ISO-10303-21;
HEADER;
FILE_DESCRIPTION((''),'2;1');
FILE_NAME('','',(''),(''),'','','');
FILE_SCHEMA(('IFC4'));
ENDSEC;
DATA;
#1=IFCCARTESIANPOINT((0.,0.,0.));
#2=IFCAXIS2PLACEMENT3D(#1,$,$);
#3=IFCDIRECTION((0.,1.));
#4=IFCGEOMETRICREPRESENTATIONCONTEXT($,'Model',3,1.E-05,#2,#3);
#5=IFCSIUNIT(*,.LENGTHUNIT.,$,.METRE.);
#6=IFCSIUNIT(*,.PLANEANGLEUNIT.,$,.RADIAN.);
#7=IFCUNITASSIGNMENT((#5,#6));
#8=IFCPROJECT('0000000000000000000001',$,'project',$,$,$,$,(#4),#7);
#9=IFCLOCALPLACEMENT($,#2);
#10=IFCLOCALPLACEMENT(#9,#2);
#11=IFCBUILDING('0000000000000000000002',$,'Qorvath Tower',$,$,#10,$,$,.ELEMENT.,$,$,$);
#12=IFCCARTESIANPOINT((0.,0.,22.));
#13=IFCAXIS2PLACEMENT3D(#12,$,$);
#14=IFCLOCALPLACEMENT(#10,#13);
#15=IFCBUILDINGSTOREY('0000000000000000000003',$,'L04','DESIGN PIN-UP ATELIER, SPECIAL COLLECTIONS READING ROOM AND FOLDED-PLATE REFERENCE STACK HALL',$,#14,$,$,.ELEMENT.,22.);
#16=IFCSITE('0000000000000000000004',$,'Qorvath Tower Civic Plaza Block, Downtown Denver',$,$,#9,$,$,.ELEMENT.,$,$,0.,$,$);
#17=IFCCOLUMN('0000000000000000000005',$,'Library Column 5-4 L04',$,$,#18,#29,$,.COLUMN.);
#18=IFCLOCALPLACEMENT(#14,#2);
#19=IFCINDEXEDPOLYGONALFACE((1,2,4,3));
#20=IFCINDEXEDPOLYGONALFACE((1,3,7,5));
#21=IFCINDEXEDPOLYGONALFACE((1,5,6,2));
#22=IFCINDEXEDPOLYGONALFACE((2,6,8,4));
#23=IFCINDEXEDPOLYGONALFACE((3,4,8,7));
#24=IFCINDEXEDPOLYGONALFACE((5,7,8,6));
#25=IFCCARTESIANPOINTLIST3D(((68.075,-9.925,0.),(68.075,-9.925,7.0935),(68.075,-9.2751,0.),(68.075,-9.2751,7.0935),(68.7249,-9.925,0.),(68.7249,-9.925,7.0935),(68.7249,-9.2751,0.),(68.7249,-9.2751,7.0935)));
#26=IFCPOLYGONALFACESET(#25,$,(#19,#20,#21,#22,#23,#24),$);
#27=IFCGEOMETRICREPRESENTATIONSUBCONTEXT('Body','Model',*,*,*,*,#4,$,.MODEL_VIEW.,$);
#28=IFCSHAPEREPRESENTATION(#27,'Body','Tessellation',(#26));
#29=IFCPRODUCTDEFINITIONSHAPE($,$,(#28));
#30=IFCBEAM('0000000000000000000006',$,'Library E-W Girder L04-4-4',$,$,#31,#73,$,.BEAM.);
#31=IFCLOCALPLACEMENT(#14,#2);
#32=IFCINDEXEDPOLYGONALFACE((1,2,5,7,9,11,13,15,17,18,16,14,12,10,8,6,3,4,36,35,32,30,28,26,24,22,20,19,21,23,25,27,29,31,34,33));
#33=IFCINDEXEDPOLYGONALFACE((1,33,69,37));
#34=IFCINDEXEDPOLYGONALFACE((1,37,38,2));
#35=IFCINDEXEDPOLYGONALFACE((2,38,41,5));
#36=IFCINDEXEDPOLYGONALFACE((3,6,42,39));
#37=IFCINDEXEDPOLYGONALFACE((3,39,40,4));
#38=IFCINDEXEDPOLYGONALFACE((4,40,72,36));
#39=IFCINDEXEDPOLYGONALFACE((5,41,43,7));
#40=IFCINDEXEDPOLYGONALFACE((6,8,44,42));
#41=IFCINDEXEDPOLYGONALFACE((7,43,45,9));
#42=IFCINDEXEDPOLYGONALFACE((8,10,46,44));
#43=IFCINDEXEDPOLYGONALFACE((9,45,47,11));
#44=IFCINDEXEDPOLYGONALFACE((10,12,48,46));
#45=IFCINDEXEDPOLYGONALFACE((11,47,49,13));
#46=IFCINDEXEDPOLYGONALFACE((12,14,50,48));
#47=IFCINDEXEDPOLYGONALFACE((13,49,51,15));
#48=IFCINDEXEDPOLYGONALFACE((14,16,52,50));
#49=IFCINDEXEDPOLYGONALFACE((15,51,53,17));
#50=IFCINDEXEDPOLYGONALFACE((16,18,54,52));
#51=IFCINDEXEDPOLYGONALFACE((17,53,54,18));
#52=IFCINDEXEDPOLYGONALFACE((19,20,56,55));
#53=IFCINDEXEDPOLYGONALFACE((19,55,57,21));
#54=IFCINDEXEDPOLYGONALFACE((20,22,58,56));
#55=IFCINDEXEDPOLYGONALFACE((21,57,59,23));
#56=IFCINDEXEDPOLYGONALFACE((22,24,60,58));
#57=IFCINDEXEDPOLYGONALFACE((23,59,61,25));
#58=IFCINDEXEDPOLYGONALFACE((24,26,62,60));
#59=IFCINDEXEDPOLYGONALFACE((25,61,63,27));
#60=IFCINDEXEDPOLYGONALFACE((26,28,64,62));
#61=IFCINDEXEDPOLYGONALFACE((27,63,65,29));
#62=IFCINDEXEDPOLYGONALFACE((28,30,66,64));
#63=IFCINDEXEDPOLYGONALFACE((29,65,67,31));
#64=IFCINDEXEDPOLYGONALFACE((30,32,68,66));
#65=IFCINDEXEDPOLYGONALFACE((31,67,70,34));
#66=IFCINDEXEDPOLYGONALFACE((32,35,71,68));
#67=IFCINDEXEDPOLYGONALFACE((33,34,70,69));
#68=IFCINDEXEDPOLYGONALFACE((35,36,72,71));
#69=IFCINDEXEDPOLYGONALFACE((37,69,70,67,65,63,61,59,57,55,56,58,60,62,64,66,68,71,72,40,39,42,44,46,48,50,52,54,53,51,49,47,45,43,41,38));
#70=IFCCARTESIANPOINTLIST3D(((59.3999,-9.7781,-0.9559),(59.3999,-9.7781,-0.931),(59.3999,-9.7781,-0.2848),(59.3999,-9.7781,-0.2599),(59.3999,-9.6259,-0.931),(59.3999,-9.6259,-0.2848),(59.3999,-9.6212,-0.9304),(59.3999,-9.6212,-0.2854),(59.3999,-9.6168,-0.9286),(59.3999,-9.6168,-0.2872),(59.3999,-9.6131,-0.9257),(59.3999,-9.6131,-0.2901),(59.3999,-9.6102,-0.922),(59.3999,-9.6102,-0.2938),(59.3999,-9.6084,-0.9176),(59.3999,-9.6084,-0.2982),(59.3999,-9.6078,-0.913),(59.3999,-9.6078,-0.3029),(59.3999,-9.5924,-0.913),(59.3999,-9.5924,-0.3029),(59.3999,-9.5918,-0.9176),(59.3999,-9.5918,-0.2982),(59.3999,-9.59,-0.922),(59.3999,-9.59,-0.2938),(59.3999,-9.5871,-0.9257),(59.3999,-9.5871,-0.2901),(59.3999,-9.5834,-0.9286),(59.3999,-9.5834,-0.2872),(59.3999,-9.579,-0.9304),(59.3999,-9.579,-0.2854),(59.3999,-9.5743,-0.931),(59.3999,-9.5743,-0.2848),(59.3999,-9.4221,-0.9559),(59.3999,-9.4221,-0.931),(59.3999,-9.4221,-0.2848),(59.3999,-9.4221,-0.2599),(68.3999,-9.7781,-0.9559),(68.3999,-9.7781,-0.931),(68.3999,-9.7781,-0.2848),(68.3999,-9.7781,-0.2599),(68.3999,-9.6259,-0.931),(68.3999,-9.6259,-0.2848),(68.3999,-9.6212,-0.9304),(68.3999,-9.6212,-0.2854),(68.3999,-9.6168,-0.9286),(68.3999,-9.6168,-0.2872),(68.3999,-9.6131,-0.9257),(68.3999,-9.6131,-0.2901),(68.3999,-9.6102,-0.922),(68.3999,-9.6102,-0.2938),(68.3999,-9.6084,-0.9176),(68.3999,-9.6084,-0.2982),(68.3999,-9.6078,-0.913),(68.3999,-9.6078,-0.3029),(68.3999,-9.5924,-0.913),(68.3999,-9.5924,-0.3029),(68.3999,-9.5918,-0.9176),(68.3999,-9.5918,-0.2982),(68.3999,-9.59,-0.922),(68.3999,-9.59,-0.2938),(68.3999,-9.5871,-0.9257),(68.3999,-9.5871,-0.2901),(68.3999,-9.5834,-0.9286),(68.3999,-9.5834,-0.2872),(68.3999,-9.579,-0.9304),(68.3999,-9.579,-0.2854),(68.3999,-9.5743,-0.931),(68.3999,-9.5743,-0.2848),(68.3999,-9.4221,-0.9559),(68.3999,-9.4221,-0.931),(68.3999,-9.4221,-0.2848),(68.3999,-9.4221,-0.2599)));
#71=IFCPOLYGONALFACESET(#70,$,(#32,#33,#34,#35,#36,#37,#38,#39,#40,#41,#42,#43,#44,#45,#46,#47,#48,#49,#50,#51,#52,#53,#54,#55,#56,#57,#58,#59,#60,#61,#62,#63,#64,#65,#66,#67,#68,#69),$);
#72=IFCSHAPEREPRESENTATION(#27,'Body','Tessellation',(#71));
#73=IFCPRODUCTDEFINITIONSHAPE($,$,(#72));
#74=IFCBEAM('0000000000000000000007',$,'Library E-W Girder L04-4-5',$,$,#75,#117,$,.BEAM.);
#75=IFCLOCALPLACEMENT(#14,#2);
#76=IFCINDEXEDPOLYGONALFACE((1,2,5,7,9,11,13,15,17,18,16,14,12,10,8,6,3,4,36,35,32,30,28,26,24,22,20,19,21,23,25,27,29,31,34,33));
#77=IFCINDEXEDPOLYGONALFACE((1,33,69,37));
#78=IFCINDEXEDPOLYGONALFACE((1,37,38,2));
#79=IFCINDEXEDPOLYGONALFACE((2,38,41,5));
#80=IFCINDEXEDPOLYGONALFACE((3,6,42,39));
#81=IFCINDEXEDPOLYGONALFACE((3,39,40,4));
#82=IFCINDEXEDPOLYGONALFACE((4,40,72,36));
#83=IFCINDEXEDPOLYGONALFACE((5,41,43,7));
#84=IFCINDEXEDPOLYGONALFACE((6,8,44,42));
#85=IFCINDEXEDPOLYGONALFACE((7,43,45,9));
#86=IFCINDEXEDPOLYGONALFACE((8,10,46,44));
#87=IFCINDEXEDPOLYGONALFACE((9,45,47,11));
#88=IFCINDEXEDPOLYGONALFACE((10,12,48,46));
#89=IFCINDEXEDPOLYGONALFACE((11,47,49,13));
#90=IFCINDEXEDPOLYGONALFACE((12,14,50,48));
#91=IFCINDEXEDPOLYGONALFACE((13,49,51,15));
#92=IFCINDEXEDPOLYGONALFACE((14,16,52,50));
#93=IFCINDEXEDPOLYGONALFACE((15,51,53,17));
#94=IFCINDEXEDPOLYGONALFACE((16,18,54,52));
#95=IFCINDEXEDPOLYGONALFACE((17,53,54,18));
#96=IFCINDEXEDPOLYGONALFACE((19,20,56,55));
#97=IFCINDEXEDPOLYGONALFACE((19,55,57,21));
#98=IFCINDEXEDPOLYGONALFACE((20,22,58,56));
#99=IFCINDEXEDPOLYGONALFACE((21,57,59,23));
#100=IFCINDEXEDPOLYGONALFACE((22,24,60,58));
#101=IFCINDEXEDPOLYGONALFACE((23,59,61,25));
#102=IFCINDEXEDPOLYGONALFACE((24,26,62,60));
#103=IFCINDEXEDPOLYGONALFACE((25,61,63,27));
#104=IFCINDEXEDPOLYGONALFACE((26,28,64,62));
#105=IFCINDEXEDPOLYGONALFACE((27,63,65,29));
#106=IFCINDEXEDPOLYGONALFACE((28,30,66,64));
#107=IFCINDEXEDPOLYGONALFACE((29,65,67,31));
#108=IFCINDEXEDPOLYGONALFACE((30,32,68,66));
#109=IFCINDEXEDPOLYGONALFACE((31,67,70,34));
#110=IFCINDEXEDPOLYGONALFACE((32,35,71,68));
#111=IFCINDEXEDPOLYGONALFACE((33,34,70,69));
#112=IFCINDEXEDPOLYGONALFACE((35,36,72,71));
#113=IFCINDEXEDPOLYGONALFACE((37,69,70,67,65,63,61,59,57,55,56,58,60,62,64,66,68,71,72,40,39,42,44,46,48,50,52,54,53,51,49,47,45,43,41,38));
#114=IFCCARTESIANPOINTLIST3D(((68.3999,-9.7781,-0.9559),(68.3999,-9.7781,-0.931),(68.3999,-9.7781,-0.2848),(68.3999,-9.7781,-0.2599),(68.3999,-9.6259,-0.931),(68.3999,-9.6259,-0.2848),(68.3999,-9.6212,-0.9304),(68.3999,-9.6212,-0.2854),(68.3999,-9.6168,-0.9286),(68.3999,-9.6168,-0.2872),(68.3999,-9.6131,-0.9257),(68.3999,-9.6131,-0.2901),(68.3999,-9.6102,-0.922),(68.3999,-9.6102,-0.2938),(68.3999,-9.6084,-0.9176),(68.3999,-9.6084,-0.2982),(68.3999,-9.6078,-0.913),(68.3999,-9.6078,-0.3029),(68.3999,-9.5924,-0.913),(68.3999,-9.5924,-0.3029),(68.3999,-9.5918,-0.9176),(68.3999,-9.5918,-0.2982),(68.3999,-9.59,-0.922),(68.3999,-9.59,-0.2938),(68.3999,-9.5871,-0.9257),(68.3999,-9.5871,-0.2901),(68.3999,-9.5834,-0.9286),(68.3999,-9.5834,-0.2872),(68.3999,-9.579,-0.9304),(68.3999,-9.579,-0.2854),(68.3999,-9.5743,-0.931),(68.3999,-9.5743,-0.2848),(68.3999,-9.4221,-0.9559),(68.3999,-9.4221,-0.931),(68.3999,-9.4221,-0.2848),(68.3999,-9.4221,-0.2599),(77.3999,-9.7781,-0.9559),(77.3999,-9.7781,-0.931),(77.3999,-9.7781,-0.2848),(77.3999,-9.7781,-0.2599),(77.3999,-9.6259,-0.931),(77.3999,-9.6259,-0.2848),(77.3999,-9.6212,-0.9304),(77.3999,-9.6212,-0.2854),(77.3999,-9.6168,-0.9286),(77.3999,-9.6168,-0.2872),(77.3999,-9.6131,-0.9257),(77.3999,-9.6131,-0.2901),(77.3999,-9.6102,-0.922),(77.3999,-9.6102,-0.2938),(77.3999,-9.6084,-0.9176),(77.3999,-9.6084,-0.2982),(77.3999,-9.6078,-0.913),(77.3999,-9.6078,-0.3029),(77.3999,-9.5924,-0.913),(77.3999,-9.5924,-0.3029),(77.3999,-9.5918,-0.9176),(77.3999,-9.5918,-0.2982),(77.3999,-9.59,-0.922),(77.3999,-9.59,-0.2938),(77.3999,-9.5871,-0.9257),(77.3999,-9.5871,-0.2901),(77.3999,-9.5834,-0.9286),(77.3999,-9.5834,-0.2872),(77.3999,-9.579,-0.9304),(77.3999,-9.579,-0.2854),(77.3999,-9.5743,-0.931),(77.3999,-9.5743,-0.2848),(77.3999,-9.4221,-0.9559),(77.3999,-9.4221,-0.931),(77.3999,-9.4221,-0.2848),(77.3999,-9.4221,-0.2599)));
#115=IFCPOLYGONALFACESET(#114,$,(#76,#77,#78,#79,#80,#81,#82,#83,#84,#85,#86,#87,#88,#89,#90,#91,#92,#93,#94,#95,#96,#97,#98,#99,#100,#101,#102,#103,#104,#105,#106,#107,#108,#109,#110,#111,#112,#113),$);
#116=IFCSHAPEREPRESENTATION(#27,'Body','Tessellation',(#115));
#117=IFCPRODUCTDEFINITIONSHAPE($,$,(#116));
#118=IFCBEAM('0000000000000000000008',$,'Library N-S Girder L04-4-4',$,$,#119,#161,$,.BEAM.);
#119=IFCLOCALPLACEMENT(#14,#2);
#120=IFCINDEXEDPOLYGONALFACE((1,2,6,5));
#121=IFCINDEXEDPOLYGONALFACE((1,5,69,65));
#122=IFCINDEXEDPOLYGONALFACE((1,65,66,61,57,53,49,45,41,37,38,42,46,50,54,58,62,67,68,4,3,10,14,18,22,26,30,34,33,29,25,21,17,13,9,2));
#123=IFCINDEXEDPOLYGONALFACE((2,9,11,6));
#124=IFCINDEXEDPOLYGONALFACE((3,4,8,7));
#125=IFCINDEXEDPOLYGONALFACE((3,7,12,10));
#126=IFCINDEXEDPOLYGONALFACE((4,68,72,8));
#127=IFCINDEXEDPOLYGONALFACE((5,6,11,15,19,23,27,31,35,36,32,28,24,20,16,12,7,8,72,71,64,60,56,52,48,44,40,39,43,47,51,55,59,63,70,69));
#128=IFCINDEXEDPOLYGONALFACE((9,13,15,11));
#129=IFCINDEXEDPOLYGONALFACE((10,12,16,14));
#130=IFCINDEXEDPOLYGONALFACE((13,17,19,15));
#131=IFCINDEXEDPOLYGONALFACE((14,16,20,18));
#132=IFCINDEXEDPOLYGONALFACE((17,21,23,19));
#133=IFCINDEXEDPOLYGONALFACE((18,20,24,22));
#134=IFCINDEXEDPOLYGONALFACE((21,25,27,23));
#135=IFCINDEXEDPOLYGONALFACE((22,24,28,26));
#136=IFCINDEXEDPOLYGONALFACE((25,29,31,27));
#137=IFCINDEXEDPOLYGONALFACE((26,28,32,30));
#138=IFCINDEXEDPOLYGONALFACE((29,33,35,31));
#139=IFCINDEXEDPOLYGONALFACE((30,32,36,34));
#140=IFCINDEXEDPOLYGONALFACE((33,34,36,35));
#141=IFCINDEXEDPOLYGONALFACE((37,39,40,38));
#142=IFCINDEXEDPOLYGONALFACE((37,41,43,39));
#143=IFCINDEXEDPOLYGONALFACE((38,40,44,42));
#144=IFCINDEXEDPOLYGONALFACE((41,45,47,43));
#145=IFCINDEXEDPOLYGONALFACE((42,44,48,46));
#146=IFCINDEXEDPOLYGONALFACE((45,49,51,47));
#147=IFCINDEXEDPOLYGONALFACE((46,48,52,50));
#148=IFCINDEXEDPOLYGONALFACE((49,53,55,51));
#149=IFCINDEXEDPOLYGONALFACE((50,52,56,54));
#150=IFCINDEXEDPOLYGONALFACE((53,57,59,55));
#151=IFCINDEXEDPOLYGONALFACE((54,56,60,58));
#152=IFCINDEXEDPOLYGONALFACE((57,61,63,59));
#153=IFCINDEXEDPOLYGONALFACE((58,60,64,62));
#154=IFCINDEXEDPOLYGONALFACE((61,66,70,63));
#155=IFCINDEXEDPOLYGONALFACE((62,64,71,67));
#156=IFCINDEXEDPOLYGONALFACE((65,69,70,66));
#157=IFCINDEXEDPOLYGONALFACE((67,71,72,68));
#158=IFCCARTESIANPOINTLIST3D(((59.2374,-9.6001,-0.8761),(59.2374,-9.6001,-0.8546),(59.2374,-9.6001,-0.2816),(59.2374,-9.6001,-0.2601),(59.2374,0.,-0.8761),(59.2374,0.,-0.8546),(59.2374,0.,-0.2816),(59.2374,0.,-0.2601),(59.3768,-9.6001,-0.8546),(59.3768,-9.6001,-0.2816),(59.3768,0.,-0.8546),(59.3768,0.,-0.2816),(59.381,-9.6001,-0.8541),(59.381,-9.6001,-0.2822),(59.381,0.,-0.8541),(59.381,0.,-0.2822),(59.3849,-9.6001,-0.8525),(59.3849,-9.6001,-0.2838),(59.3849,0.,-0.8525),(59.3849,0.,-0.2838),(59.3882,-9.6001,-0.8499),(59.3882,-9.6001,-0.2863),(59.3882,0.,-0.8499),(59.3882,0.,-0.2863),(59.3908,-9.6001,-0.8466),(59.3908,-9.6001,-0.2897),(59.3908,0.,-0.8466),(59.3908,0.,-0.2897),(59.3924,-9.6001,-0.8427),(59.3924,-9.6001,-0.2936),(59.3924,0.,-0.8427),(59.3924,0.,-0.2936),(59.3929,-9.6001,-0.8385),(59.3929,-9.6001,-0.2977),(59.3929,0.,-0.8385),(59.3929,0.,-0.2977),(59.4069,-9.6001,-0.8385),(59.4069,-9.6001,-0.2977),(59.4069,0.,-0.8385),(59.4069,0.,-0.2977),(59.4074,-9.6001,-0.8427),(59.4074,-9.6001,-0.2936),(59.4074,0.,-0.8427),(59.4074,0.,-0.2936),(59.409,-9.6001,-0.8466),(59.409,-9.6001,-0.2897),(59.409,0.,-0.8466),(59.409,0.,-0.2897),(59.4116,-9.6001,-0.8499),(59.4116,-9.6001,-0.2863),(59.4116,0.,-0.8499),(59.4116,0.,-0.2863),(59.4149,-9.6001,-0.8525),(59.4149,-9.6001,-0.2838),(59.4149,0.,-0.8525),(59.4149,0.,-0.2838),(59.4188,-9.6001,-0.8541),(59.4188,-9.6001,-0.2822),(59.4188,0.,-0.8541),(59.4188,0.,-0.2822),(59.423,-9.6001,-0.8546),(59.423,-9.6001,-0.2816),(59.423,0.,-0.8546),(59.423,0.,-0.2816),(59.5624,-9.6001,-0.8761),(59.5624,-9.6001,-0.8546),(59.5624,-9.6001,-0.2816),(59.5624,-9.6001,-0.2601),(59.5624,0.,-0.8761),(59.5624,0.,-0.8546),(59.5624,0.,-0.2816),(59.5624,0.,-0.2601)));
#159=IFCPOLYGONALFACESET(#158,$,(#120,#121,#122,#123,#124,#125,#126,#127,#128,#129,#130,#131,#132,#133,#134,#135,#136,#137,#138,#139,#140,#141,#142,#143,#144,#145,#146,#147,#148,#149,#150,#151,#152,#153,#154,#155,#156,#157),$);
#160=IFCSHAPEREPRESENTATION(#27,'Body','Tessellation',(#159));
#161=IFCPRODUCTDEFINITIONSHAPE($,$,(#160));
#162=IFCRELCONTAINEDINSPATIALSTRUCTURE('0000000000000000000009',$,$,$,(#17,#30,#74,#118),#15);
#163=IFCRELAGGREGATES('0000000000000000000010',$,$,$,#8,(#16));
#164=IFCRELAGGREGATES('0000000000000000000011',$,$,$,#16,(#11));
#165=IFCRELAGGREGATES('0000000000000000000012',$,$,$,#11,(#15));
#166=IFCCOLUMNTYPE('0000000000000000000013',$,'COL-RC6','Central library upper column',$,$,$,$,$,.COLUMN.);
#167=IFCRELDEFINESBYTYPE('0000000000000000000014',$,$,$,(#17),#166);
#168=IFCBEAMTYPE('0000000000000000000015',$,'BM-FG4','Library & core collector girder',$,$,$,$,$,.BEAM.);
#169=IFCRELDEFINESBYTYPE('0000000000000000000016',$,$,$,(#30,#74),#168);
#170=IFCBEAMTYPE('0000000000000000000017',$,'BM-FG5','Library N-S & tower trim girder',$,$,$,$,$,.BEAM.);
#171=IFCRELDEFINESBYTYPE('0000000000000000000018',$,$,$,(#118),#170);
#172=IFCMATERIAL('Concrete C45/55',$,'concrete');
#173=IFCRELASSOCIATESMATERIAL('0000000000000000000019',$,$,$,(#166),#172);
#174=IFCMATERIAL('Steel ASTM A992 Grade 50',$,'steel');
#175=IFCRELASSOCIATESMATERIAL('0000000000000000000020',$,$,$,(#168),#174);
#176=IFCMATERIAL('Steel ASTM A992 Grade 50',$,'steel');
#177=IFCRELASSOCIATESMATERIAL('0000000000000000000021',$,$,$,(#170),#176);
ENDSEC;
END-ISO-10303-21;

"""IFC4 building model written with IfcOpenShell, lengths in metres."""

from ifc_helpers import new_model, si_unit, direction, frame, origin, origin_2d, place, context, subcontext, project, spatial, rectangle, i_section, extrude, material, material_profile, profile_set, type_object, element, save


model = new_model("IFC4")

# Units and contexts
model_context = context("Model", 3, precision=1e-05, world=origin(), true_north=direction((0.0, 1.0)))
body_context = subcontext(model_context, "Body", "Model", "MODEL_VIEW")
ifc_project = project(units=[si_unit("LENGTHUNIT", "METRE"), si_unit("PLANEANGLEUNIT", "RADIAN")], contexts=[model_context])

# Site, building, storey
site_placement = place(None, origin())
site = spatial("IfcSite", under=ifc_project, at=site_placement, Name="Qorvath Tower Civic Plaza Block, Downtown Denver", CompositionType="ELEMENT", RefElevation=0.0)
building_placement = place(site_placement, origin())
building = spatial("IfcBuilding", under=site, at=building_placement, Name="Qorvath Tower", CompositionType="ELEMENT")
storey_placement = place(building_placement, frame((0.0, 0.0, 22.0)))
storey = spatial("IfcBuildingStorey", under=building, at=storey_placement, Name="L04", Description="DESIGN PIN-UP ATELIER, SPECIAL COLLECTIONS READING ROOM AND FOLDED-PLATE REFERENCE STACK HALL", CompositionType="ELEMENT", Elevation=22.0)

# Column
ifc_material_1 = material(Name="Concrete C45/55", Category="concrete")
ifc_material_profile_1 = material_profile(ifc_material_1, rectangle(XDim=0.6499, YDim=0.6499, at=origin_2d()), Name="RC 650x650")
ifc_profile_set_1 = profile_set([ifc_material_profile_1], Name="Concrete C45/55")
column_type = type_object("IfcColumnType", Name="COL-RC6", Description="Central library upper column", PredefinedType="COLUMN", material=ifc_profile_set_1)
column_placement = place(storey_placement, frame((68.3999, -9.6001, 0.0), z_axis=(0.0, 0.0, 1.0), x_axis=(1.0, 0.0, 0.0)))
element("IfcColumn", 1, at=column_placement, inside=storey, type_object=column_type, Name="Library Column 5-4 L04", PredefinedType="COLUMN", context=body_context, shape_type="SweptSolid", body=[
    extrude(rectangle(XDim=0.6499, YDim=0.6499, at=origin_2d()), origin(), (0.0, 0.0, 1.0), 7.0935),
])

# Beams
ifc_material_2 = material(Name="Steel ASTM A992 Grade 50", Category="steel")
ifc_material_profile_2 = material_profile(ifc_material_2, i_section(OverallWidth=0.356, OverallDepth=0.696, WebThickness=0.0154, FlangeThickness=0.0249, FilletRadius=0.0181, at=origin_2d()), Name="W27x146")
ifc_profile_set_2 = profile_set([ifc_material_profile_2], Name="Steel ASTM A992 Grade 50")
beam_type_1 = type_object("IfcBeamType", Name="BM-FG4", Description="Library & core collector girder", PredefinedType="BEAM", material=ifc_profile_set_2)
for number, where, z_axis, x_axis, name in (
    (2, (59.3999, -9.6001, -0.6079), (1.0, 0.0, 0.0), (0.0, 1.0, 0.0), "Library E-W Girder L04-4-4"),
    (3, (68.3999, -9.6001, -0.6079), (1.0, 0.0, 0.0), (0.0, 1.0, 0.0), "Library E-W Girder L04-4-5"),
):
    element("IfcBeam", number, at=place(storey_placement, frame(where, z_axis=z_axis, x_axis=x_axis)), inside=storey, type_object=beam_type_1, Name=name, PredefinedType="BEAM", context=body_context, shape_type="SweptSolid", body=[
        extrude(i_section(OverallWidth=0.356, OverallDepth=0.696, WebThickness=0.0154, FlangeThickness=0.0249, FilletRadius=0.0181, at=origin_2d()), origin(), (0.0, 0.0, 1.0), 9.0),
    ])
ifc_material_3 = material(Name="Steel ASTM A992 Grade 50", Category="steel")
ifc_material_profile_3 = material_profile(ifc_material_3, i_section(OverallWidth=0.325, OverallDepth=0.616, WebThickness=0.0139, FlangeThickness=0.0215, FilletRadius=0.0161, at=origin_2d()), Name="W24x117")
ifc_profile_set_3 = profile_set([ifc_material_profile_3], Name="Steel ASTM A992 Grade 50")
beam_type_2 = type_object("IfcBeamType", Name="BM-FG5", Description="Library N-S & tower trim girder", PredefinedType="BEAM", material=ifc_profile_set_3)
for number, where, z_axis, x_axis, name in (
    (4, (59.3999, -9.6001, -0.5681), (0.0, 1.0, 0.0), (-1.0, 0.0, 0.0), "Library N-S Girder L04-4-4"),
):
    element("IfcBeam", number, at=place(storey_placement, frame(where, z_axis=z_axis, x_axis=x_axis)), inside=storey, type_object=beam_type_2, Name=name, PredefinedType="BEAM", context=body_context, shape_type="SweptSolid", body=[
        extrude(i_section(OverallWidth=0.325, OverallDepth=0.616, WebThickness=0.0139, FlangeThickness=0.0215, FilletRadius=0.0161, at=origin_2d()), origin(), (0.0, 0.0, 1.0), 9.6001),
    ])

save(model, "model.ifc")
